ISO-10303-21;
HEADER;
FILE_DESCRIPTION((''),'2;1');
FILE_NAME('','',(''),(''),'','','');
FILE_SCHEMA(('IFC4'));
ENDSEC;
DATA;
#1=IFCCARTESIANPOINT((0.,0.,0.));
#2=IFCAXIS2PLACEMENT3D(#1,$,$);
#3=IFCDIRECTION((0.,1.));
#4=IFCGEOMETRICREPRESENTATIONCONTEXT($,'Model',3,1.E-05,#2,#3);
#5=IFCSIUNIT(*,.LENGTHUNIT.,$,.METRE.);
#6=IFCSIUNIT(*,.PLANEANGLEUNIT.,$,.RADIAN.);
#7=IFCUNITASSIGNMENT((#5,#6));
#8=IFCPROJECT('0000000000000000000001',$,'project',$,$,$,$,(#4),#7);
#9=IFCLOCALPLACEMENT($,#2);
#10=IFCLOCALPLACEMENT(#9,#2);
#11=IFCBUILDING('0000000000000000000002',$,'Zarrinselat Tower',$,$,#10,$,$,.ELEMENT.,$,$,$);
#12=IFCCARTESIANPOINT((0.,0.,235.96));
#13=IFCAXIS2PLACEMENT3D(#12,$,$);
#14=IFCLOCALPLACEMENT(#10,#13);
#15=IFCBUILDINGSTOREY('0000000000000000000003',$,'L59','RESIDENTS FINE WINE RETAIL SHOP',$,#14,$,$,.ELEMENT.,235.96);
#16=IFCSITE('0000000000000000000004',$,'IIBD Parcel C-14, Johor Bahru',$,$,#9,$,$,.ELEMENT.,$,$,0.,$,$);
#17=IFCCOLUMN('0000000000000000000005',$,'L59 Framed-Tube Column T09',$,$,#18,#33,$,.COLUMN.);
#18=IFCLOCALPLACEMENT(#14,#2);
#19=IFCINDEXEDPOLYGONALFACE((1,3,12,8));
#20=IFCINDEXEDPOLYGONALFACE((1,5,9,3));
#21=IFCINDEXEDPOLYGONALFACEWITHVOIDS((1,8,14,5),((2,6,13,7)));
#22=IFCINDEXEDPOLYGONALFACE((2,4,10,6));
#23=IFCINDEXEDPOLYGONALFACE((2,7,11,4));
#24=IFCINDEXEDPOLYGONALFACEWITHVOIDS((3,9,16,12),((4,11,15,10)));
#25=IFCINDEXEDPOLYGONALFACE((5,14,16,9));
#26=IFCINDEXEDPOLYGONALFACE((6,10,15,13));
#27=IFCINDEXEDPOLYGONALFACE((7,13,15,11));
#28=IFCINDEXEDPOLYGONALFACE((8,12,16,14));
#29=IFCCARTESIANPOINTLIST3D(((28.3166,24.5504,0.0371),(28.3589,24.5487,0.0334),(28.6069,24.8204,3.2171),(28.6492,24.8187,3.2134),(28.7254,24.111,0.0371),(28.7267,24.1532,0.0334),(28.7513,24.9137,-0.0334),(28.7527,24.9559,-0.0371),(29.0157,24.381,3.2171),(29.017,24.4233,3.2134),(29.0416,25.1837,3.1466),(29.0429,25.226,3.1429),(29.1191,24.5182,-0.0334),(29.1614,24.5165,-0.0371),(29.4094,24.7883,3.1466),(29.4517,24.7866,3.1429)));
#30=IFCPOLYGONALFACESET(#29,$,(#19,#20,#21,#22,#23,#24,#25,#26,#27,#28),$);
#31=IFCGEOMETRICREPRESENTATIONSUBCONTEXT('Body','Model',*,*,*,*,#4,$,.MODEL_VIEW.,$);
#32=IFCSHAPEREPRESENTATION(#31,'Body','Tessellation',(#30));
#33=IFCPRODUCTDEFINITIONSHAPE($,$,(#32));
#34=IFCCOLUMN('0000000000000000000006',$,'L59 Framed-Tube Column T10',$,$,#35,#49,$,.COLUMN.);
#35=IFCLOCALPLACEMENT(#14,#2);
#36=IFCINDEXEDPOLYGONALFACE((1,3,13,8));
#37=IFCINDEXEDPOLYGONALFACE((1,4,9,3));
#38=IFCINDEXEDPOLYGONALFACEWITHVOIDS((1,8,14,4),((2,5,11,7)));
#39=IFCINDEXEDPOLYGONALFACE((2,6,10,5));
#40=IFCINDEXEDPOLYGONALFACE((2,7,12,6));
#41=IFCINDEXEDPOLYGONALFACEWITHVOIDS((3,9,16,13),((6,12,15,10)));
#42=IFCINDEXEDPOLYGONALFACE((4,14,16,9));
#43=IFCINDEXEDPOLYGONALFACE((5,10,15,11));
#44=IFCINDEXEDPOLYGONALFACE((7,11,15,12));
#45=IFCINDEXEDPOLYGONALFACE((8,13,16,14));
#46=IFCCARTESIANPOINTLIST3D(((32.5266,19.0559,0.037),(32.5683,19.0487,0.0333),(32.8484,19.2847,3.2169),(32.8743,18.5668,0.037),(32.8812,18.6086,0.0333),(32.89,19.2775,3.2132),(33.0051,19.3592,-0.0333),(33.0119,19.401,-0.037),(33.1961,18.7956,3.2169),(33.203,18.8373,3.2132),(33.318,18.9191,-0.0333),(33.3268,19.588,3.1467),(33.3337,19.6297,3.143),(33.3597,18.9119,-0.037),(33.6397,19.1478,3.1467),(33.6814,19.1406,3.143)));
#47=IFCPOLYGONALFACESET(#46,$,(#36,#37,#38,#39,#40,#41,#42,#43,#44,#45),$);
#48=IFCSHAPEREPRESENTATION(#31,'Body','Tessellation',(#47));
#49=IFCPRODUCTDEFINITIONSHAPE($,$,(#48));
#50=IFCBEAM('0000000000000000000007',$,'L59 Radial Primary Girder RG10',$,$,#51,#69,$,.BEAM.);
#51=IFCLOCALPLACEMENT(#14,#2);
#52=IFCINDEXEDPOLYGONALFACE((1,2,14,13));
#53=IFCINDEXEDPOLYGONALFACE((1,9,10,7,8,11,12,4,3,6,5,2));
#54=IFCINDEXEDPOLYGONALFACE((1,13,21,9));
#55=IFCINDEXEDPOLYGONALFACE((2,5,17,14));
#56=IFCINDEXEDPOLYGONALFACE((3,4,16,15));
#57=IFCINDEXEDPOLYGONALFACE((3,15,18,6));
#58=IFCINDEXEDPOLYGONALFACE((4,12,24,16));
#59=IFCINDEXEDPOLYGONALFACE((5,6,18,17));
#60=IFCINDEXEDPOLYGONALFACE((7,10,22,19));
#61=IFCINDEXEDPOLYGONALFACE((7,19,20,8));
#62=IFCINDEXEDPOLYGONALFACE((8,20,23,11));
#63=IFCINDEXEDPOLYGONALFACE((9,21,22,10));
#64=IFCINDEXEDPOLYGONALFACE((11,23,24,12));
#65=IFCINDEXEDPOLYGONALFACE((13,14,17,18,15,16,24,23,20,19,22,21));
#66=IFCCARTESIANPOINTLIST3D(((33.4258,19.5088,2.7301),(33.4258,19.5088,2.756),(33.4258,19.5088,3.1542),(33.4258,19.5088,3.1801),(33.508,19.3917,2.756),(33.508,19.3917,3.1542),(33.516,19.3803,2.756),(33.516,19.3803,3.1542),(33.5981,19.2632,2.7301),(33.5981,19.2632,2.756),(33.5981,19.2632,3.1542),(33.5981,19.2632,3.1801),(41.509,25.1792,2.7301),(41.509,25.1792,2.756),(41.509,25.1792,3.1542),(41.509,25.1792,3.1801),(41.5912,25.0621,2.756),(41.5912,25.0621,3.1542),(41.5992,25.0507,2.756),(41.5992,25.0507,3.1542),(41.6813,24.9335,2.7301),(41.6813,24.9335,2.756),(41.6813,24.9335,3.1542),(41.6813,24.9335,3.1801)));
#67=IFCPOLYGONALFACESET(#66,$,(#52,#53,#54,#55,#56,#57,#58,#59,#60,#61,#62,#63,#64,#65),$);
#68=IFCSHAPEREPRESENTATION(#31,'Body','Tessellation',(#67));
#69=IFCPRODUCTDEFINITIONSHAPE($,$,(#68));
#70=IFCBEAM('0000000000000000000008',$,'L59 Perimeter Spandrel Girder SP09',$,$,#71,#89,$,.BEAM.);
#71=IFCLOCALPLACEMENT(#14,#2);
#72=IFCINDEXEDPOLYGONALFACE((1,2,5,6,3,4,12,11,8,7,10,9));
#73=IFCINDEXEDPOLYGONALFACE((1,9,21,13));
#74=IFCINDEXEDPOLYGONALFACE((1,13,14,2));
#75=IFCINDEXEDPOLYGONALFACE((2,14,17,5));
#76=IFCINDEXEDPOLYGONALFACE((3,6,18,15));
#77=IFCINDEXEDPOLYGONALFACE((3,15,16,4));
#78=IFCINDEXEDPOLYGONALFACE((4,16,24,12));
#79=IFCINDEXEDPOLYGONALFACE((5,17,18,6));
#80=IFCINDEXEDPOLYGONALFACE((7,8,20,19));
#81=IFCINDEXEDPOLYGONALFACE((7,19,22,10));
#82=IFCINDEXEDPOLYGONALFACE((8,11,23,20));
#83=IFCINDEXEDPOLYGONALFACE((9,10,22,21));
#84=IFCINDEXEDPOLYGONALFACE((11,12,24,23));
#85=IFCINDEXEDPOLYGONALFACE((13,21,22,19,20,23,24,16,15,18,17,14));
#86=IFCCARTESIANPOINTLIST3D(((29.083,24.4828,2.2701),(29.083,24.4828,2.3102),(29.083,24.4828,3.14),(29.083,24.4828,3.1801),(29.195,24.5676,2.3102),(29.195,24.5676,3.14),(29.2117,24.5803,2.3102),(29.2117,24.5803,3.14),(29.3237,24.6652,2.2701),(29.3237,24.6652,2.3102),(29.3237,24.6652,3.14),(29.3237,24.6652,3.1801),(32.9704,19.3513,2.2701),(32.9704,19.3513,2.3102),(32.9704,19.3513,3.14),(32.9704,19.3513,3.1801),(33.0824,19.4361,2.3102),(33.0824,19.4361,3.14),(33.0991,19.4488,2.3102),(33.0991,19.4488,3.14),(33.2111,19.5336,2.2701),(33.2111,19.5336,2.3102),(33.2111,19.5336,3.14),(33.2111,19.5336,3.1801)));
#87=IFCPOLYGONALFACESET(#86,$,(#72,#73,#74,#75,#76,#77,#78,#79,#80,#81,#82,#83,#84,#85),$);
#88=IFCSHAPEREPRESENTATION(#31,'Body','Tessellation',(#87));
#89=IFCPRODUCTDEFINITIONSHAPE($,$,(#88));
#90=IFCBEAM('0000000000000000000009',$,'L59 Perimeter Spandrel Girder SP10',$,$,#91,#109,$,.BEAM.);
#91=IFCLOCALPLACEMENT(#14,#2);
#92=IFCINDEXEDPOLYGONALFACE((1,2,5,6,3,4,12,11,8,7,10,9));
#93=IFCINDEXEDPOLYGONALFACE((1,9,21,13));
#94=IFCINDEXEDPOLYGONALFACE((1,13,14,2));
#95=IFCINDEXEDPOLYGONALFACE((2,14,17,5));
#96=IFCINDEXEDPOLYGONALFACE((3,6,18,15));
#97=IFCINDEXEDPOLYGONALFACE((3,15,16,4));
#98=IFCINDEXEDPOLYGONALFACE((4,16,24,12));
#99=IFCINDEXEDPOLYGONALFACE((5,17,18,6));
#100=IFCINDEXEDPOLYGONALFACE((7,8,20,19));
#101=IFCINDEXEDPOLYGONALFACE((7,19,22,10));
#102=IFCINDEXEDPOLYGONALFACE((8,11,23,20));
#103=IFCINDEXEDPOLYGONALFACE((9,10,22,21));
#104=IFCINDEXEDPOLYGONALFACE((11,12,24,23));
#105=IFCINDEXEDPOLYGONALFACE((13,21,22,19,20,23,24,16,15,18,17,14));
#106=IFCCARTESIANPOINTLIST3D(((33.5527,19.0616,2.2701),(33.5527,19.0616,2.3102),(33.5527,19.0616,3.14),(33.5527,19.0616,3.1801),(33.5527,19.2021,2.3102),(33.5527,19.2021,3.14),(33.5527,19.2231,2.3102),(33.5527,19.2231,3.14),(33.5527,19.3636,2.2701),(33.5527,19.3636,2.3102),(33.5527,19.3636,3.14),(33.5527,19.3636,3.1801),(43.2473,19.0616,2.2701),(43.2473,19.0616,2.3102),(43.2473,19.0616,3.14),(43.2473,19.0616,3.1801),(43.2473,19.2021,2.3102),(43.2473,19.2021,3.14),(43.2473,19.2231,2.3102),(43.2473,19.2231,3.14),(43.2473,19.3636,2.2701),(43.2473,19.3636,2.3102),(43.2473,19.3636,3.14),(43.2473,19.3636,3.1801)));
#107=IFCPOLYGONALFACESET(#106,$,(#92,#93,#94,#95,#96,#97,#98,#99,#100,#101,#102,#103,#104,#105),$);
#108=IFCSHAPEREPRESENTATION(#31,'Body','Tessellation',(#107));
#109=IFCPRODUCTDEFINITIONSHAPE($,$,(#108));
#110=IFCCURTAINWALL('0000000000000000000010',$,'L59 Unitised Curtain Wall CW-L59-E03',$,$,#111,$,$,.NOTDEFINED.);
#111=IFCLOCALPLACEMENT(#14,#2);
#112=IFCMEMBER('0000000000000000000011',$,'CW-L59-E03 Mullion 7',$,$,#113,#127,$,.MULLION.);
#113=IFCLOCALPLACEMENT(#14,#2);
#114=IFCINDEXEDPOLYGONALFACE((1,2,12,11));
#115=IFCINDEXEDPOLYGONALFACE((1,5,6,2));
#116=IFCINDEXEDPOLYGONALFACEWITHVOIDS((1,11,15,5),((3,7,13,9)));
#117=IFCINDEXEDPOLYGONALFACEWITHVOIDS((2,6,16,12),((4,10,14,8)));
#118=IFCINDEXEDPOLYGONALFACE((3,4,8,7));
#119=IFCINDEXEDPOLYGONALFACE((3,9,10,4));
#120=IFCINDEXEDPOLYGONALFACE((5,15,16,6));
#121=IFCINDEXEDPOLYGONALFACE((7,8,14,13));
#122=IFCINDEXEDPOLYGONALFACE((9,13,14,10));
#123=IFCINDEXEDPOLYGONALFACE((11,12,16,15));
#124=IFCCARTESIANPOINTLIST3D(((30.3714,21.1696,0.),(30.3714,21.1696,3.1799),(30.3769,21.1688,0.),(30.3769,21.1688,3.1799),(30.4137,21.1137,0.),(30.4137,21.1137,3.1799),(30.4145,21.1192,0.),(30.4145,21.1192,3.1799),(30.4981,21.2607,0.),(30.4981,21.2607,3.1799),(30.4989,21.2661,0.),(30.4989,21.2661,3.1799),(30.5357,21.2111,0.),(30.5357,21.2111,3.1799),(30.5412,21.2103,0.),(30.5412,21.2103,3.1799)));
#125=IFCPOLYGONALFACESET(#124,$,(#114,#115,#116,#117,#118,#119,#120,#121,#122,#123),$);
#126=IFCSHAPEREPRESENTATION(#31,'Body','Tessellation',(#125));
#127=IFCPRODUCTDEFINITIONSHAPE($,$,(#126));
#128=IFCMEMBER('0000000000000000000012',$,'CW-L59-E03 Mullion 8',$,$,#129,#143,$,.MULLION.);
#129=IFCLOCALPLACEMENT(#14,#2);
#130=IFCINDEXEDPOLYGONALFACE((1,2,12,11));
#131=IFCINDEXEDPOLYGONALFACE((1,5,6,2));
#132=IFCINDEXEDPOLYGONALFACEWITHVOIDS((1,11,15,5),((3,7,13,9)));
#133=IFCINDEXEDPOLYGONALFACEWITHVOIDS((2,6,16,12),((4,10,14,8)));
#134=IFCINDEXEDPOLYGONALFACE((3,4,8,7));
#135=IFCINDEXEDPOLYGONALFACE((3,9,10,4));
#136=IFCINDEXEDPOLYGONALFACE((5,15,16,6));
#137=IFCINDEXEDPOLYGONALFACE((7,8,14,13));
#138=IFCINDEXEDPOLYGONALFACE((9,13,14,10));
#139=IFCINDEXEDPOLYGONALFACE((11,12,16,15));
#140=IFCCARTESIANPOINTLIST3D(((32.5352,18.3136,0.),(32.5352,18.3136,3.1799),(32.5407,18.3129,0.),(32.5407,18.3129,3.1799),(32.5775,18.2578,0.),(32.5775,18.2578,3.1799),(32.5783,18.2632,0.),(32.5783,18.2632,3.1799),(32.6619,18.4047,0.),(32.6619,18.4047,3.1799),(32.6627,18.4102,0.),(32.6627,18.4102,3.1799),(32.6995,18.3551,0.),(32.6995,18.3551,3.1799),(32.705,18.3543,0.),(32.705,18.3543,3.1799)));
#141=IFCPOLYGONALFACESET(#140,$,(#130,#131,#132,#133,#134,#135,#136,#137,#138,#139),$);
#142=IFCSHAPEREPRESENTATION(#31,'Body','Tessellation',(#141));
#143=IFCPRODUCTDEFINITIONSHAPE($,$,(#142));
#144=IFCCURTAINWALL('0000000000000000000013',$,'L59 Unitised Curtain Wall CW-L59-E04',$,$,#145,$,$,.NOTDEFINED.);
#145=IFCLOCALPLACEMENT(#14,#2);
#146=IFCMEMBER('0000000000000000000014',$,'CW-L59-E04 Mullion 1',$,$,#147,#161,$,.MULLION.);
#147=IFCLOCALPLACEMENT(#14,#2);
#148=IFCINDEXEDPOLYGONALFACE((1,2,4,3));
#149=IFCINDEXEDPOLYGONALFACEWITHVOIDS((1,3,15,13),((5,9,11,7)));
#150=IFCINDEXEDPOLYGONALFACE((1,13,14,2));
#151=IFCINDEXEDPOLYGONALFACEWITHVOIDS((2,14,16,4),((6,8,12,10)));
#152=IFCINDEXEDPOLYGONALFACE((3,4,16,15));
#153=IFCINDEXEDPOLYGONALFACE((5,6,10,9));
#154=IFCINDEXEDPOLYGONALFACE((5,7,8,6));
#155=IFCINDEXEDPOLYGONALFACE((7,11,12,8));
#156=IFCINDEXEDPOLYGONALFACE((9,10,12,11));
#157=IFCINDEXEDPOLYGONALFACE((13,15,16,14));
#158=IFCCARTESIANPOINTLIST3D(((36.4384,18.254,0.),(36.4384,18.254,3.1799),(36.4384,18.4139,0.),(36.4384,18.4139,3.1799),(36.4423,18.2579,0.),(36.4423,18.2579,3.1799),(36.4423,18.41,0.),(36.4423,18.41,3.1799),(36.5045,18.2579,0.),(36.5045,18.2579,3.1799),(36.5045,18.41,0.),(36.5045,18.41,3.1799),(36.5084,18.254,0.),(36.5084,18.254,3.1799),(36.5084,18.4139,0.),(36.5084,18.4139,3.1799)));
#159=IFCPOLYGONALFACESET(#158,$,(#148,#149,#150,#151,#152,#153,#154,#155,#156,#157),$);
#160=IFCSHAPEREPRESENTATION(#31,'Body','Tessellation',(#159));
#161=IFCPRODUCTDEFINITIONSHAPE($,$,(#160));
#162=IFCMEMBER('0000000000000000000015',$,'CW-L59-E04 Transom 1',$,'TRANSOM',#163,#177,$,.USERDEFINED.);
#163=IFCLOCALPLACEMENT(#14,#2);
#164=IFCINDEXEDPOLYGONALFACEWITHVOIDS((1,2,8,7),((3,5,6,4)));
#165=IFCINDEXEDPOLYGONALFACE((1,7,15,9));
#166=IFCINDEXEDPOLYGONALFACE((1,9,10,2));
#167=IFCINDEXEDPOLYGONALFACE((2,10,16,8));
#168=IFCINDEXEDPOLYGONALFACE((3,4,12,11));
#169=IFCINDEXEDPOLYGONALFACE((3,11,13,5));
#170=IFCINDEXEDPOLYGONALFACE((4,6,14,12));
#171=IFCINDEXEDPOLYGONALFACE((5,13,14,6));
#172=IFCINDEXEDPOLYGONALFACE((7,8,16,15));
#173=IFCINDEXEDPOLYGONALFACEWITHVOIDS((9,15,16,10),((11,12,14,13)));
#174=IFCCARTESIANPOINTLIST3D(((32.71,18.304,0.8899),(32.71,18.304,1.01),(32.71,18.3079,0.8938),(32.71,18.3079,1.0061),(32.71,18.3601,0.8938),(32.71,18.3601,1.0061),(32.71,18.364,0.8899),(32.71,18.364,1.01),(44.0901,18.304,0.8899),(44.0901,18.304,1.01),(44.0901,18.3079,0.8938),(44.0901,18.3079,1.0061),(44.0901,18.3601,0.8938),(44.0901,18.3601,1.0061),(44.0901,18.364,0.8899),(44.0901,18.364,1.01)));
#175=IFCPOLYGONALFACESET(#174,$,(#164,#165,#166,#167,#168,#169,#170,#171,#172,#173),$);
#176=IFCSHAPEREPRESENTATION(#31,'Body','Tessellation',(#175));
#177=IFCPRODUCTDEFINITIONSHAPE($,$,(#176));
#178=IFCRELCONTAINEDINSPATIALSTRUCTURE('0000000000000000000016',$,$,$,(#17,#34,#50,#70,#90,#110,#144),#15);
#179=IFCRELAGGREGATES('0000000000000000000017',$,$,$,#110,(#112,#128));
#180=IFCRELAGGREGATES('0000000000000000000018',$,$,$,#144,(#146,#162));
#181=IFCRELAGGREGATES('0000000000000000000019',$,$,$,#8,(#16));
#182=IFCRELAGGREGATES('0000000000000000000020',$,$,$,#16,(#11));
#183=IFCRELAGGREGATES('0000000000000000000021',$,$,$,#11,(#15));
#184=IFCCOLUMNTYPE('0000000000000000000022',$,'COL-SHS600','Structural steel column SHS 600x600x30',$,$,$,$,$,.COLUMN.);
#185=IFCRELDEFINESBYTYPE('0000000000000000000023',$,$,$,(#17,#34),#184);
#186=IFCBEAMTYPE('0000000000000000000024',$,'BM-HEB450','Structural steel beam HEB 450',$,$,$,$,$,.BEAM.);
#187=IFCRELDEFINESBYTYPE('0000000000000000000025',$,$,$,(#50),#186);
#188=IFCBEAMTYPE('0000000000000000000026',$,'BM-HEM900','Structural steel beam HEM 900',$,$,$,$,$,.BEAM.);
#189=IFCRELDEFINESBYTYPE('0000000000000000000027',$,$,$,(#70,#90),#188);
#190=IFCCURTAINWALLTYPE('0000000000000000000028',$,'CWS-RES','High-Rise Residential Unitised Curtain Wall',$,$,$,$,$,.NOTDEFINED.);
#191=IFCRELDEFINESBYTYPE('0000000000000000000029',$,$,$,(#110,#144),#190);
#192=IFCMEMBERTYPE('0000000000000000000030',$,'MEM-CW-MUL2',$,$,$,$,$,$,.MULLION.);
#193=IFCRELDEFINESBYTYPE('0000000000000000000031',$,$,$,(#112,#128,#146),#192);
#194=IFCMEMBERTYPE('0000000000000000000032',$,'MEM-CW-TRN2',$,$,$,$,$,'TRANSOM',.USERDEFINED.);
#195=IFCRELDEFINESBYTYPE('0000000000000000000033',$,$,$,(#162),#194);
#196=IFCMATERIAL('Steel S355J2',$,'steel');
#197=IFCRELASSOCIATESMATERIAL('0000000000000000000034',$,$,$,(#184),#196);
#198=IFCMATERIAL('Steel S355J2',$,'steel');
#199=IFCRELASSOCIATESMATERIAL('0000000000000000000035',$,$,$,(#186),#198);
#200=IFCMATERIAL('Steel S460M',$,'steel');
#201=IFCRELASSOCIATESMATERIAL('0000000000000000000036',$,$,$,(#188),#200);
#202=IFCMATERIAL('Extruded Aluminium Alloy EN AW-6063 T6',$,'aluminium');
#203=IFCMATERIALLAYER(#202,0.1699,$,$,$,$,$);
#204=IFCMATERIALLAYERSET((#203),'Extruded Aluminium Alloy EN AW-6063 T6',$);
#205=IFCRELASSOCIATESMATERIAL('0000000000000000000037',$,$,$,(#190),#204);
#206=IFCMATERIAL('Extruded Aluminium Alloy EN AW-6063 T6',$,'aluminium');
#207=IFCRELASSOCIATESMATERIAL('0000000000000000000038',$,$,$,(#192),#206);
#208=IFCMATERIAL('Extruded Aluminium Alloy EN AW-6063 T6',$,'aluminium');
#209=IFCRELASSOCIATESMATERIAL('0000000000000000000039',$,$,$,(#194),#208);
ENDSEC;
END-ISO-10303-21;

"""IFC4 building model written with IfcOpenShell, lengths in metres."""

from ifc_helpers import new_model, si_unit, direction, frame, origin, origin_2d, place, context, subcontext, project, spatial, hollow_rectangle, i_section, extrude, material, layer, layer_set, material_profile, profile_set, type_object, element, aggregate, save


model = new_model("IFC4")

# Units and contexts
model_context = context("Model", 3, precision=1e-05, world=origin(), true_north=direction((0.0, 1.0)))
body_context = subcontext(model_context, "Body", "Model", "MODEL_VIEW")
ifc_project = project(units=[si_unit("LENGTHUNIT", "METRE"), si_unit("PLANEANGLEUNIT", "RADIAN")], contexts=[model_context])

# Site, building, storey
site_placement = place(None, origin())
site = spatial("IfcSite", under=ifc_project, at=site_placement, Name="IIBD Parcel C-14, Johor Bahru", CompositionType="ELEMENT", RefElevation=0.0)
building_placement = place(site_placement, origin())
building = spatial("IfcBuilding", under=site, at=building_placement, Name="Zarrinselat Tower", CompositionType="ELEMENT")
storey_placement = place(building_placement, frame((0.0, 0.0, 235.96)))
storey = spatial("IfcBuildingStorey", under=building, at=storey_placement, Name="L59", Description="RESIDENTS FINE WINE RETAIL SHOP", CompositionType="ELEMENT", Elevation=235.96)

# Columns
ifc_material_1 = material(Name="Steel S355J2", Category="steel")
ifc_material_profile_1 = material_profile(ifc_material_1, hollow_rectangle(XDim=0.6001, YDim=0.6001, WallThickness=0.03, at=origin_2d()), Name="SHS 600x600x30")
ifc_profile_set_1 = profile_set([ifc_material_profile_1], Name="Steel S355J2")
column_type = type_object("IfcColumnType", Name="COL-SHS600", Description="Structural steel column SHS 600x600x30", PredefinedType="COLUMN", material=ifc_profile_set_1)
column_1_placement = place(storey_placement, frame((28.739, 24.5334, 0.0), z_axis=(0.090585, 0.084261, 0.992318), x_axis=(-0.681089, 0.732201, 0.0)))
element("IfcColumn", 1, at=column_1_placement, inside=storey, type_object=column_type, Name="L59 Framed-Tube Column T09", PredefinedType="COLUMN", context=body_context, shape_type="SweptSolid", body=[
    extrude(hollow_rectangle(XDim=0.6001, YDim=0.6001, WallThickness=0.03, at=origin_2d()), origin(), (0.0, 0.0, 1.0), 3.2046),
])
column_2_placement = place(storey_placement, frame((32.9431, 18.9839, 0.0), z_axis=(0.100419, 0.07139, 0.992381), x_axis=(-0.579423, 0.815027, 0.0)))
element("IfcColumn", 2, at=column_2_placement, inside=storey, type_object=column_type, Name="L59 Framed-Tube Column T10", PredefinedType="COLUMN", context=body_context, shape_type="SweptSolid", body=[
    extrude(hollow_rectangle(XDim=0.6001, YDim=0.6001, WallThickness=0.03, at=origin_2d()), origin(), (0.0, 0.0, 1.0), 3.2043),
])

# Beams
ifc_material_2 = material(Name="Steel S355J2", Category="steel")
ifc_material_profile_2 = material_profile(ifc_material_2, i_section(OverallWidth=0.3, OverallDepth=0.45, WebThickness=0.0139, FlangeThickness=0.0259, at=origin_2d()), Name="HEB 450")
ifc_profile_set_2 = profile_set([ifc_material_profile_2], Name="Steel S355J2")
beam_type_1 = type_object("IfcBeamType", Name="BM-HEB450", Description="Structural steel beam HEB 450", PredefinedType="BEAM", material=ifc_profile_set_2)
beam_1_placement = place(storey_placement, frame((33.512, 19.386, 2.9551), z_axis=(0.818654, 0.574287, 0.0), x_axis=(-0.574287, 0.818654, 0.0)))
element("IfcBeam", 3, at=beam_1_placement, inside=storey, type_object=beam_type_1, Name="L59 Radial Primary Girder RG10", PredefinedType="BEAM", context=body_context, shape_type="SweptSolid", body=[
    extrude(i_section(OverallWidth=0.3, OverallDepth=0.45, WebThickness=0.0139, FlangeThickness=0.0259, at=origin_2d()), origin(), (0.0, 0.0, 1.0), 9.8738),
])
ifc_material_3 = material(Name="Steel S460M", Category="steel")
ifc_material_profile_3 = material_profile(ifc_material_3, i_section(OverallWidth=0.302, OverallDepth=0.9099, WebThickness=0.021, FlangeThickness=0.04, at=origin_2d()), Name="HEM 900")
ifc_profile_set_3 = profile_set([ifc_material_profile_3], Name="Steel S460M")
beam_type_2 = type_object("IfcBeamType", Name="BM-HEM900", Description="Structural steel beam HEM 900", PredefinedType="BEAM", material=ifc_profile_set_3)
beam_2_placement = place(storey_placement, frame((29.2034, 24.574, 2.7251), z_axis=(0.603846, -0.797101, 0.0), x_axis=(0.797101, 0.603846, 0.0)))
element("IfcBeam", 4, at=beam_2_placement, inside=storey, type_object=beam_type_2, Name="L59 Perimeter Spandrel Girder SP09", PredefinedType="BEAM", context=body_context, shape_type="SweptSolid", body=[
    extrude(i_section(OverallWidth=0.302, OverallDepth=0.9099, WebThickness=0.021, FlangeThickness=0.04, at=origin_2d()), origin(), (0.0, 0.0, 1.0), 6.4377),
])
beam_3_placement = place(storey_placement, frame((33.5527, 19.2126, 2.7251), z_axis=(1.0, 0.0, 0.0), x_axis=(0.0, 1.0, 0.0)))
element("IfcBeam", 5, at=beam_3_placement, inside=storey, type_object=beam_type_2, Name="L59 Perimeter Spandrel Girder SP10", PredefinedType="BEAM", context=body_context, shape_type="SweptSolid", body=[
    extrude(i_section(OverallWidth=0.302, OverallDepth=0.9099, WebThickness=0.021, FlangeThickness=0.04, at=origin_2d()), origin(), (0.0, 0.0, 1.0), 9.6946),
])

# Curtain walls, members
ifc_material_4 = material(Name="Extruded Aluminium Alloy EN AW-6063 T6", Category="aluminium")
ifc_layer_1 = layer(ifc_material_4, 0.1699)
ifc_layer_set_1 = layer_set([ifc_layer_1], Name="Extruded Aluminium Alloy EN AW-6063 T6")
curtain_wall_type = type_object("IfcCurtainWallType", Name="CWS-RES", Description="High-Rise Residential Unitised Curtain Wall", PredefinedType="NOTDEFINED", material=ifc_layer_set_1)
curtain_wall_1_placement = place(storey_placement, origin())
curtain_wall_1 = element("IfcCurtainWall", 6, at=curtain_wall_1_placement, inside=storey, type_object=curtain_wall_type, Name="L59 Unitised Curtain Wall CW-L59-E03", PredefinedType="NOTDEFINED")
ifc_material_5 = material(Name="Extruded Aluminium Alloy EN AW-6063 T6", Category="aluminium")
ifc_material_profile_4 = material_profile(ifc_material_5, hollow_rectangle(XDim=0.0701, YDim=0.1599, WallThickness=0.0039, at=origin_2d()), Name="RHS 160x70x4")
ifc_profile_set_4 = profile_set([ifc_material_profile_4], Name="Extruded Aluminium Alloy EN AW-6063 T6")
member_type_1 = type_object("IfcMemberType", Name="MEM-CW-MUL2", PredefinedType="MULLION", material=ifc_profile_set_4)
member_1_placement = place(storey_placement, frame((30.4563, 21.1899, 0.0), z_axis=(0.0, 0.0, 1.0), x_axis=(0.603857, -0.797092, 0.0)))
member_1 = element("IfcMember", 7, at=member_1_placement, type_object=member_type_1, Name="CW-L59-E03 Mullion 7", PredefinedType="MULLION", context=body_context, shape_type="SweptSolid", body=[
    extrude(hollow_rectangle(XDim=0.0701, YDim=0.1599, WallThickness=0.0039, at=origin_2d()), origin(), (0.0, 0.0, 1.0), 3.1799),
])
member_2_placement = place(storey_placement, frame((32.6201, 18.334, 0.0), z_axis=(0.0, 0.0, 1.0), x_axis=(0.603857, -0.797092, 0.0)))
member_2 = element("IfcMember", 8, at=member_2_placement, type_object=member_type_1, Name="CW-L59-E03 Mullion 8", PredefinedType="MULLION", context=body_context, shape_type="SweptSolid", body=[
    extrude(hollow_rectangle(XDim=0.0701, YDim=0.1599, WallThickness=0.0039, at=origin_2d()), origin(), (0.0, 0.0, 1.0), 3.1799),
])
curtain_wall_2_placement = place(storey_placement, origin())
curtain_wall_2 = element("IfcCurtainWall", 9, at=curtain_wall_2_placement, inside=storey, type_object=curtain_wall_type, Name="L59 Unitised Curtain Wall CW-L59-E04", PredefinedType="NOTDEFINED")
member_3_placement = place(storey_placement, frame((36.4734, 18.334, 0.0), z_axis=(0.0, 0.0, 1.0), x_axis=(1.0, 0.0, 0.0)))
member_3 = element("IfcMember", 10, at=member_3_placement, type_object=member_type_1, Name="CW-L59-E04 Mullion 1", PredefinedType="MULLION", context=body_context, shape_type="SweptSolid", body=[
    extrude(hollow_rectangle(XDim=0.0701, YDim=0.1599, WallThickness=0.0039, at=origin_2d()), origin(), (0.0, 0.0, 1.0), 3.1799),
])
ifc_material_6 = material(Name="Extruded Aluminium Alloy EN AW-6063 T6", Category="aluminium")
ifc_material_profile_5 = material_profile(ifc_material_6, hollow_rectangle(XDim=0.0601, YDim=0.1201, WallThickness=0.0039, at=origin_2d()), Name="RHS 120x60x4")
ifc_profile_set_5 = profile_set([ifc_material_profile_5], Name="Extruded Aluminium Alloy EN AW-6063 T6")
member_type_2 = type_object("IfcMemberType", Name="MEM-CW-TRN2", ElementType="TRANSOM", PredefinedType="USERDEFINED", material=ifc_profile_set_5)
member_4_placement = place(storey_placement, frame((32.71, 18.334, 0.95), z_axis=(1.0, 0.0, 0.0), x_axis=(0.0, 1.0, 0.0)))
member_4 = element("IfcMember", 11, at=member_4_placement, type_object=member_type_2, Name="CW-L59-E04 Transom 1", ObjectType="TRANSOM", PredefinedType="USERDEFINED", context=body_context, shape_type="SweptSolid", body=[
    extrude(hollow_rectangle(XDim=0.0601, YDim=0.1201, WallThickness=0.0039, at=origin_2d()), origin(), (0.0, 0.0, 1.0), 11.3801),
])

aggregate(curtain_wall_1, [member_1, member_2])
aggregate(curtain_wall_2, [member_3, member_4])

save(model, "model.ifc")
